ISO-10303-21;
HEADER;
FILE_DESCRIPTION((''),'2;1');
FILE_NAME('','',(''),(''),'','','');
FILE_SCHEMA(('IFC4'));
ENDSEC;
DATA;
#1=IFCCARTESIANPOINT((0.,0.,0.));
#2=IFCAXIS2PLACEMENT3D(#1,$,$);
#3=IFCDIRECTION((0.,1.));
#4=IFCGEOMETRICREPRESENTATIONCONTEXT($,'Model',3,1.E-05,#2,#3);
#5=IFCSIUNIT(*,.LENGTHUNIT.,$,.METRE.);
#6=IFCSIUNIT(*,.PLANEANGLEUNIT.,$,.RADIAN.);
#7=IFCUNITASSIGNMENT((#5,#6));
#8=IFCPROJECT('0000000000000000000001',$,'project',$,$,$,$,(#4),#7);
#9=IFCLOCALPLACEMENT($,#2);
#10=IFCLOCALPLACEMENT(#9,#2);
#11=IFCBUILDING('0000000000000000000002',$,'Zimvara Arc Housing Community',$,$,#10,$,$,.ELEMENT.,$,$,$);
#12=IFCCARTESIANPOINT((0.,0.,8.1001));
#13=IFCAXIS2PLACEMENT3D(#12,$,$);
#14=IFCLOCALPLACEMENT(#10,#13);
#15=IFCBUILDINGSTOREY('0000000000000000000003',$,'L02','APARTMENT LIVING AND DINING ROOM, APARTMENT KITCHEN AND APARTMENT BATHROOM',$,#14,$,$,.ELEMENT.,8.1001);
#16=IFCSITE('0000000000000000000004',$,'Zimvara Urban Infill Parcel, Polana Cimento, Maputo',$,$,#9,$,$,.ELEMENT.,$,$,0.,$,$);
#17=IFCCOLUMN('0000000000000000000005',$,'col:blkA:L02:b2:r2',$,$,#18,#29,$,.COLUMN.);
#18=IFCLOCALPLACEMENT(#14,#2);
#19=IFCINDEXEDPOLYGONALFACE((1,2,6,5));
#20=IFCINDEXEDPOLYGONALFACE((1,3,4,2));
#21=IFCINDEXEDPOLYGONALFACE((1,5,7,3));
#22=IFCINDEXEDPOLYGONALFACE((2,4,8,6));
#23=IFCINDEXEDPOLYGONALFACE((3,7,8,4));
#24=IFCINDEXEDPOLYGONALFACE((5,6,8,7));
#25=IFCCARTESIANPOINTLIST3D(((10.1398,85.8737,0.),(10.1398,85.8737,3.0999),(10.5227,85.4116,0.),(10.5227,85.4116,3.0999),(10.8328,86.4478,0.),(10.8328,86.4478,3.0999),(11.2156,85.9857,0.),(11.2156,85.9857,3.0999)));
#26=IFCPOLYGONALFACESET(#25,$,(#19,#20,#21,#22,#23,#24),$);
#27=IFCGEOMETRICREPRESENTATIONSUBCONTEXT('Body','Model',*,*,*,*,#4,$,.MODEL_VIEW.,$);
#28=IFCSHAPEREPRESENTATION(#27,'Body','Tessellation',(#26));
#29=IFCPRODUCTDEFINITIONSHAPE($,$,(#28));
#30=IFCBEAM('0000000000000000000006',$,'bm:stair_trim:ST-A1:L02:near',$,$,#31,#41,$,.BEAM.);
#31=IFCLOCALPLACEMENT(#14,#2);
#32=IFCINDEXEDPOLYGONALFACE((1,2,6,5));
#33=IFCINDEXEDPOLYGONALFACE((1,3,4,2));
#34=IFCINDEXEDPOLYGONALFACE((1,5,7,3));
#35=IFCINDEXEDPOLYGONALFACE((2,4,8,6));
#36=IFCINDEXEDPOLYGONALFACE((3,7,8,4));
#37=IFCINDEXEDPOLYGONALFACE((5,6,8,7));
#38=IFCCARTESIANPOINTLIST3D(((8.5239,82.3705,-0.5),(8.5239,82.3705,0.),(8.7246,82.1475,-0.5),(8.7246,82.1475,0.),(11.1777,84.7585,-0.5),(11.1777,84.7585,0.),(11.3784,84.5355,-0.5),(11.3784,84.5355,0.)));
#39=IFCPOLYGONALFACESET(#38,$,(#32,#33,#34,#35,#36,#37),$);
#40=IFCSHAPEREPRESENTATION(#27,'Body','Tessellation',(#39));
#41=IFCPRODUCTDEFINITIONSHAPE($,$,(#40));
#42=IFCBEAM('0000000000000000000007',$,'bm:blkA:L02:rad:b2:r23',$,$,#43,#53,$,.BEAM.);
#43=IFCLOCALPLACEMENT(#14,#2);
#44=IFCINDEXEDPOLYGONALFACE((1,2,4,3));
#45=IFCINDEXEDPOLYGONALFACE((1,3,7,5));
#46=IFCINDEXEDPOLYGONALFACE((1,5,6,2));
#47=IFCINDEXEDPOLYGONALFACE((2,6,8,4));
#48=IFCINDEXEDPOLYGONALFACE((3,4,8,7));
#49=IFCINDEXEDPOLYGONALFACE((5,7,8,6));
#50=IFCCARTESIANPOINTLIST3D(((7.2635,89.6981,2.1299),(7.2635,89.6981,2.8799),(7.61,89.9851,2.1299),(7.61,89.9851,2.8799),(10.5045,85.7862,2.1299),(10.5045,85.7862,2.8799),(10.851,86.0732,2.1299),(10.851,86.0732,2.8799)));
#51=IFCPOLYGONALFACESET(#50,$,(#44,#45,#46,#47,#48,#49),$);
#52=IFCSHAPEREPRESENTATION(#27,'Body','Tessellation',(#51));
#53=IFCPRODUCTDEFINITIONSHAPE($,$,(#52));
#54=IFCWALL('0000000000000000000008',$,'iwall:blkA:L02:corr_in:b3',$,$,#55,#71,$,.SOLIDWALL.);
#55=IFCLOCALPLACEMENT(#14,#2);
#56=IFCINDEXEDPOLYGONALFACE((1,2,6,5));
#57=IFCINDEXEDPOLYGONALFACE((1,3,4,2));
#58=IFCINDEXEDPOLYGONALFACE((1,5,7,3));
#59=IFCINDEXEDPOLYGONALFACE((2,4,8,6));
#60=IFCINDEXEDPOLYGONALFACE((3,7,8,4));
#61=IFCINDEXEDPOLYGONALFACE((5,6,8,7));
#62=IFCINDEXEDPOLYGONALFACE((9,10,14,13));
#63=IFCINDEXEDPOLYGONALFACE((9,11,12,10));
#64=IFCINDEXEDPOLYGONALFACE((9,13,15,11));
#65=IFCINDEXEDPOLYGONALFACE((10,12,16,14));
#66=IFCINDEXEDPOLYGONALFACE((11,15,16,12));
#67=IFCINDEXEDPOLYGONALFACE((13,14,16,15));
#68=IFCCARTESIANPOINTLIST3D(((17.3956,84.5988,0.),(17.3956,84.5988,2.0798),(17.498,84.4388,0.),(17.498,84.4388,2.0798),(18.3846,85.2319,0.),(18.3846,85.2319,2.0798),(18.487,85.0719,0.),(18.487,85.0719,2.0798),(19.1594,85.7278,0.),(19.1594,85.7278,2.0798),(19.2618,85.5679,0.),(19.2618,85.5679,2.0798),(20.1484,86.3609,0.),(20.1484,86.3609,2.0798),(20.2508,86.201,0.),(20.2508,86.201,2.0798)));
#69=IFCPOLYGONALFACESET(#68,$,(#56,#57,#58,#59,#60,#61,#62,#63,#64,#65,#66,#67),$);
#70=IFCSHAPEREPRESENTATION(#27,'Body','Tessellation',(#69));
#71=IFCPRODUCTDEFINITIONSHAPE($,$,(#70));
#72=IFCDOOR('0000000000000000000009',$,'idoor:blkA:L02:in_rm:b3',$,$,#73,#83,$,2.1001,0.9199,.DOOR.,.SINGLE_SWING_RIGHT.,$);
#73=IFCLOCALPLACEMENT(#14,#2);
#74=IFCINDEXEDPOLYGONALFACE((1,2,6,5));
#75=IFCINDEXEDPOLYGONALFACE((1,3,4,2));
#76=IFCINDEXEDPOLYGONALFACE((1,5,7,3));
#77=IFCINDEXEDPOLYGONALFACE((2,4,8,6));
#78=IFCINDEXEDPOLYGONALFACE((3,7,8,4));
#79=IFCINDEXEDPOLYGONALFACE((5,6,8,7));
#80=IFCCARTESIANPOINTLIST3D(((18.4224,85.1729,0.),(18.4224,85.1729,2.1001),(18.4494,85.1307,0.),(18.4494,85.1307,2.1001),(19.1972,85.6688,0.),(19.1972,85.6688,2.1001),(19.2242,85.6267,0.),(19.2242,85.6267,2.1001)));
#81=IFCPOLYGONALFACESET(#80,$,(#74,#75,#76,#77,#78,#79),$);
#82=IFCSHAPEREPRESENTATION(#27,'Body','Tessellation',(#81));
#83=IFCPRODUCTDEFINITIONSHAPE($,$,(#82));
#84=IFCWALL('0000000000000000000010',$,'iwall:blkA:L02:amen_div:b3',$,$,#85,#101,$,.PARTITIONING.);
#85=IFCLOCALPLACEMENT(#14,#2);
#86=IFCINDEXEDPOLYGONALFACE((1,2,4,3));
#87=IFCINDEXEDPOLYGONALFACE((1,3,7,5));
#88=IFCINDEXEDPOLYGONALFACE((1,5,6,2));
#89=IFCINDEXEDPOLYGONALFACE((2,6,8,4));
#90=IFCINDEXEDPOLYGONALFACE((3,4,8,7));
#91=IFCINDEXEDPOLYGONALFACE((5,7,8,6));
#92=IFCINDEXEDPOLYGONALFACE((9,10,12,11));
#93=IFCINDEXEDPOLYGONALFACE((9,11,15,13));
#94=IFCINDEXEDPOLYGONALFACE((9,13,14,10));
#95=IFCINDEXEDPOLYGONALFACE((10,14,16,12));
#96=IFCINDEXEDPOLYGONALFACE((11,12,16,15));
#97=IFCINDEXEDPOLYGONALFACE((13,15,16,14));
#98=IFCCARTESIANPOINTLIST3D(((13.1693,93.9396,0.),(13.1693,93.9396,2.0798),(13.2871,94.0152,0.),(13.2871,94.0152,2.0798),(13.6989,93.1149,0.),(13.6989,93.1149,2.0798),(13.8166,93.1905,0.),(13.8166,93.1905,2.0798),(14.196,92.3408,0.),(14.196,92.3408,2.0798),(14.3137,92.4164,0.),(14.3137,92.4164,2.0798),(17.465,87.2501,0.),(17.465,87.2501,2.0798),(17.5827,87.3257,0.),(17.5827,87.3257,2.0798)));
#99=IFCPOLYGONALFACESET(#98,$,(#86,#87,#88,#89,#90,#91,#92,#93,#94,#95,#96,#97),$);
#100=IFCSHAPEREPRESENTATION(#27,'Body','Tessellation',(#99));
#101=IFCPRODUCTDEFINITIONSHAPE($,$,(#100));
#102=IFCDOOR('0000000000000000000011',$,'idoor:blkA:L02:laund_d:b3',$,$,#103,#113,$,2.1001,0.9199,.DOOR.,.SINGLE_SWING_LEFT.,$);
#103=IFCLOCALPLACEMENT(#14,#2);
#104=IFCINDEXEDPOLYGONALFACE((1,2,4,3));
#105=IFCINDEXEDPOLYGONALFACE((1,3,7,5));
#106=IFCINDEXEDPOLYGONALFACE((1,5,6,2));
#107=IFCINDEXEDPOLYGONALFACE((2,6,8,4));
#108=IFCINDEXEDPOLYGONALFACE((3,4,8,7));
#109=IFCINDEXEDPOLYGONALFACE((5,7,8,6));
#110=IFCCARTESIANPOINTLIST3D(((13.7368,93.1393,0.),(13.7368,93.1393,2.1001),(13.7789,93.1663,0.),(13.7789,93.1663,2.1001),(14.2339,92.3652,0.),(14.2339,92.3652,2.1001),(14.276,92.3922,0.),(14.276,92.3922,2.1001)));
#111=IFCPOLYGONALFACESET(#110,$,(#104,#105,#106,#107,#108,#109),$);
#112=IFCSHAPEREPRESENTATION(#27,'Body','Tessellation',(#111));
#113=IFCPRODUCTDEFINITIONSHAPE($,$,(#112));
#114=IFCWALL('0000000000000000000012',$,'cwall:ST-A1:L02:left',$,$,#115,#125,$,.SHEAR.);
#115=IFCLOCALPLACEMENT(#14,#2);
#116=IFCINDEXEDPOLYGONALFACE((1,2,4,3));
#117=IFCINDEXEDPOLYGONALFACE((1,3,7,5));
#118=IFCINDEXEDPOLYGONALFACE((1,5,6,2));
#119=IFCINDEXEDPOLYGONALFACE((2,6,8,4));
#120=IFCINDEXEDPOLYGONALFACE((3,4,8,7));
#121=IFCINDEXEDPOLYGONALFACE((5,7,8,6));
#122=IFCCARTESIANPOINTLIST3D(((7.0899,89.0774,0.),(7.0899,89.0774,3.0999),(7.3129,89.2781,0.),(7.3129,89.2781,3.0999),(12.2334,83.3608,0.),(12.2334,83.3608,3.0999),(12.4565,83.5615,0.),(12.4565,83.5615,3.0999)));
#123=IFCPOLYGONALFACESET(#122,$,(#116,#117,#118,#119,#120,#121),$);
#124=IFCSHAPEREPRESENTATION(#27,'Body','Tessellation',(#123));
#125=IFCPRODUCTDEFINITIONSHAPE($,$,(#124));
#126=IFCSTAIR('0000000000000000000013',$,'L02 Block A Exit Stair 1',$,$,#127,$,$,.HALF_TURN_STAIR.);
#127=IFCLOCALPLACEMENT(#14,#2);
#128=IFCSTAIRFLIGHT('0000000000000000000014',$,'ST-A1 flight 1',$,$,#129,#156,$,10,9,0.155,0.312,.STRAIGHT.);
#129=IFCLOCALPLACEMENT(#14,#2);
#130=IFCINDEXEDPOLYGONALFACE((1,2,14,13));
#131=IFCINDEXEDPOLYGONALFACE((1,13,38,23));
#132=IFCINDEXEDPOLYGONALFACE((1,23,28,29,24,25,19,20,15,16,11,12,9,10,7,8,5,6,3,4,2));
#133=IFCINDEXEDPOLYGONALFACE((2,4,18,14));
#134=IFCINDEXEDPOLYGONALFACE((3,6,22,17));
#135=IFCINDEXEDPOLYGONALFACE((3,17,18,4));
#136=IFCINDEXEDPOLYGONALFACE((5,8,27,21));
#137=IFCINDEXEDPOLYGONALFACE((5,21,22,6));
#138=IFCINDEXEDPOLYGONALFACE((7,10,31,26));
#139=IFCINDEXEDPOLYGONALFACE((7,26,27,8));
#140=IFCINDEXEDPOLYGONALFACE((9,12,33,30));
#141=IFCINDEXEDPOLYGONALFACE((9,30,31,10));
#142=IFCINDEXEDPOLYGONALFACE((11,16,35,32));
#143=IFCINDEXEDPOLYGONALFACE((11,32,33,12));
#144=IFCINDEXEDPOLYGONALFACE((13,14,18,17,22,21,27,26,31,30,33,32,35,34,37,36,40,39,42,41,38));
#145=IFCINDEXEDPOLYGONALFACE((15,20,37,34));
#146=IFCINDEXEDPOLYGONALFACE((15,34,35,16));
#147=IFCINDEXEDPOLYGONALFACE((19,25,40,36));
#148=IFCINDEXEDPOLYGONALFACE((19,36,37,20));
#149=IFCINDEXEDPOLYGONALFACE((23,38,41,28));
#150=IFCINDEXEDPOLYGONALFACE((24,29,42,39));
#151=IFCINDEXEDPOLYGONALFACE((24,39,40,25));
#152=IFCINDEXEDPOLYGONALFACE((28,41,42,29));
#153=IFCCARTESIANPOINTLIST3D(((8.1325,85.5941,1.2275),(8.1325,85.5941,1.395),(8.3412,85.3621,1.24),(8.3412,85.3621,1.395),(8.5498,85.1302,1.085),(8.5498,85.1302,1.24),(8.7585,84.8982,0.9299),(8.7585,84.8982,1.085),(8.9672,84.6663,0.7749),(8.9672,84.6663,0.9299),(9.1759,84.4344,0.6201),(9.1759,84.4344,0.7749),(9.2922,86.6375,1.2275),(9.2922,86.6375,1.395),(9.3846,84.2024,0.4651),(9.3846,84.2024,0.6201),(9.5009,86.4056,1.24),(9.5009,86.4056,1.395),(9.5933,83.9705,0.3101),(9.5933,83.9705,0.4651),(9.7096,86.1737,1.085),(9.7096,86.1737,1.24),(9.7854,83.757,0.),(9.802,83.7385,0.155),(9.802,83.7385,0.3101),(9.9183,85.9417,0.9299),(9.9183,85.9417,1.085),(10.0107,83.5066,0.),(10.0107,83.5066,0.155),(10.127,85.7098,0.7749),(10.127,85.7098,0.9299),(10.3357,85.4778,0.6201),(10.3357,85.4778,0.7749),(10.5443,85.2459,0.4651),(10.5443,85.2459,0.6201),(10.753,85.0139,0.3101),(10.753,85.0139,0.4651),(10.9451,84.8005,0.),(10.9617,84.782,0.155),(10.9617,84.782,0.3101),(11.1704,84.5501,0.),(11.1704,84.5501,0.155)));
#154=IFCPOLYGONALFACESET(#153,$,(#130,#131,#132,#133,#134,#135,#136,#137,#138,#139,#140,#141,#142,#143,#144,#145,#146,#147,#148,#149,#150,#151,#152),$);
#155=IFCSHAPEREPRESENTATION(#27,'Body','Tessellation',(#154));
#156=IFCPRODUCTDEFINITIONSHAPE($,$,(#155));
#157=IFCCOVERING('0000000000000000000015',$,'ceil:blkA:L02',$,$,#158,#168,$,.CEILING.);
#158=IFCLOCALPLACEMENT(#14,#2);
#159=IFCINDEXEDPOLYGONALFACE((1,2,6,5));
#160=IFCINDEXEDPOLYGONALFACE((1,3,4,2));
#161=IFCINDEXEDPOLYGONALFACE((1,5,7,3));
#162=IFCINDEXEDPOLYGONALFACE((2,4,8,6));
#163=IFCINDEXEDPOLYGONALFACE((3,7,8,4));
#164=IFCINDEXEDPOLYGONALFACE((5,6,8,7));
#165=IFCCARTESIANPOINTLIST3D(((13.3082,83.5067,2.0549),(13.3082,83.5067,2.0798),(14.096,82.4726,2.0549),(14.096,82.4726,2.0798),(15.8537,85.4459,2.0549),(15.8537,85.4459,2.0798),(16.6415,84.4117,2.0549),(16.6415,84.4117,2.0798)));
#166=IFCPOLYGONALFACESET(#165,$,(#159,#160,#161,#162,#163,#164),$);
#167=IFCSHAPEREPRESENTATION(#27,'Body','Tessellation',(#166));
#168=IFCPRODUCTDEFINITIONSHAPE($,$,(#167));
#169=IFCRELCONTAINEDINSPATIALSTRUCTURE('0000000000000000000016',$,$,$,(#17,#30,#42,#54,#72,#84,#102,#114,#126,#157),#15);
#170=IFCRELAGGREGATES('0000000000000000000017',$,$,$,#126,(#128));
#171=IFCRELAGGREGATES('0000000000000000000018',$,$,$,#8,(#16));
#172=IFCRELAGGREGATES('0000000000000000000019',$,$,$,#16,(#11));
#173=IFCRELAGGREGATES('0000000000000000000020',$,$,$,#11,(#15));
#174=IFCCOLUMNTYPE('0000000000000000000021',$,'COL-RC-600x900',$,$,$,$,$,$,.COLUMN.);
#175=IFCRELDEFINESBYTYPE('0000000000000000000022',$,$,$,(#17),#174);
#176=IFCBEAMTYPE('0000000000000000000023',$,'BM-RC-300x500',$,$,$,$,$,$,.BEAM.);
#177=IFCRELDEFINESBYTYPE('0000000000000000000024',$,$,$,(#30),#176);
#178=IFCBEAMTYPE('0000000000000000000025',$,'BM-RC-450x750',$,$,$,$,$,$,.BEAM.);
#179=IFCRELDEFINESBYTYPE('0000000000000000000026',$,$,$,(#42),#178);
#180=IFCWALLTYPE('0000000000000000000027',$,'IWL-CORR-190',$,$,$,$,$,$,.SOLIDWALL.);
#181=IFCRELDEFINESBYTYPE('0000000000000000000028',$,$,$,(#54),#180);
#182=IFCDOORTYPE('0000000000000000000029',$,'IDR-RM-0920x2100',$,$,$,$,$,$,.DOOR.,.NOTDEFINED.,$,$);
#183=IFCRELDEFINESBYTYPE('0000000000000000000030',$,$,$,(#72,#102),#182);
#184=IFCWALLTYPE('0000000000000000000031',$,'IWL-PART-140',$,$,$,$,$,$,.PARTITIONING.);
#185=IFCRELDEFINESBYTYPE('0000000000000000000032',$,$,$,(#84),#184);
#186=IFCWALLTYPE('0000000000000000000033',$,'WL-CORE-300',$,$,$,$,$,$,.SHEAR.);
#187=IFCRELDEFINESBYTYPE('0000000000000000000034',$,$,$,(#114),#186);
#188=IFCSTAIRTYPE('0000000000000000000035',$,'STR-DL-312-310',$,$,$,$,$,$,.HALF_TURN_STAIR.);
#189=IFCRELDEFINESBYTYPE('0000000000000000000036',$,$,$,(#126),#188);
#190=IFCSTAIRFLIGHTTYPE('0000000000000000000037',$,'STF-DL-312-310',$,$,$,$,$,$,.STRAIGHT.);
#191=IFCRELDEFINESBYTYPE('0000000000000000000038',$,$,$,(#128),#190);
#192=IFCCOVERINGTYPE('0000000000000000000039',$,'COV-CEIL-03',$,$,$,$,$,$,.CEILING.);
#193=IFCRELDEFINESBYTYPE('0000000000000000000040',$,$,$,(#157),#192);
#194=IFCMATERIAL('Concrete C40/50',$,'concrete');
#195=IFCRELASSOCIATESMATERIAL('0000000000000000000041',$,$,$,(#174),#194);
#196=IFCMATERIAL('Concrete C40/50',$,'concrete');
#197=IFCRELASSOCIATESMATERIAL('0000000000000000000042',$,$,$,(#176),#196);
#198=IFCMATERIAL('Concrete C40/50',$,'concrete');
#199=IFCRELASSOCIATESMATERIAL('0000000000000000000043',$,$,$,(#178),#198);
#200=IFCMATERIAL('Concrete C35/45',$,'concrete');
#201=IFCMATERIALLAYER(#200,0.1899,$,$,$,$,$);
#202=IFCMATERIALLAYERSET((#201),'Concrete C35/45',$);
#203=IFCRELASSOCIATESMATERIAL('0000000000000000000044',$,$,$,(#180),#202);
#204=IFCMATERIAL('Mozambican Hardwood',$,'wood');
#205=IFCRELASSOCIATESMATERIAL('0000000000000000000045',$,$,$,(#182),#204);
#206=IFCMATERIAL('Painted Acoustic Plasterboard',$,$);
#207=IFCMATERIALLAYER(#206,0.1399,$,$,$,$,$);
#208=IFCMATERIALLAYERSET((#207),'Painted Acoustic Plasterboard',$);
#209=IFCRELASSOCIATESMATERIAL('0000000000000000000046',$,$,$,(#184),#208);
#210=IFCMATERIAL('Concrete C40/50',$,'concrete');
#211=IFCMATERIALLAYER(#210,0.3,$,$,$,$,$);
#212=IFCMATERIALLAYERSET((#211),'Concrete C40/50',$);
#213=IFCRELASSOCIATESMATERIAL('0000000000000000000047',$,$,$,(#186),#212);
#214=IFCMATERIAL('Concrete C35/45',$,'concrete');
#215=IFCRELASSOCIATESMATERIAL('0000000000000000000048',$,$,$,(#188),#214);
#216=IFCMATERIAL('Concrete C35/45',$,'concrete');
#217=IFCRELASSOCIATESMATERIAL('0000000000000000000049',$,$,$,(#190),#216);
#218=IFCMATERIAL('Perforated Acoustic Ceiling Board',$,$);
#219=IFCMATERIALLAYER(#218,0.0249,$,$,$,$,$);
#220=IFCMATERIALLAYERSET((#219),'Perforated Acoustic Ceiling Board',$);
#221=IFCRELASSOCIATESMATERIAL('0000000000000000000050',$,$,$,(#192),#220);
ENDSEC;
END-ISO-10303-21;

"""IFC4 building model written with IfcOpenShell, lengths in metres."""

from ifc_helpers import new_model, si_unit, direction, frame, frame_2d, origin, origin_2d, place, context, subcontext, project, spatial, polyline, rectangle, outline, extrude, material, layer, layer_set, material_profile, profile_set, type_object, element, fill, aggregate, save


model = new_model("IFC4")

# Units and contexts
model_context = context("Model", 3, precision=1e-05, world=origin(), true_north=direction((0.0, 1.0)))
body_context = subcontext(model_context, "Body", "Model", "MODEL_VIEW")
ifc_project = project(units=[si_unit("LENGTHUNIT", "METRE"), si_unit("PLANEANGLEUNIT", "RADIAN")], contexts=[model_context])

# Site, building, storey
site_placement = place(None, origin())
site = spatial("IfcSite", under=ifc_project, at=site_placement, Name="Zimvara Urban Infill Parcel, Polana Cimento, Maputo", CompositionType="ELEMENT", RefElevation=0.0)
building_placement = place(site_placement, origin())
building = spatial("IfcBuilding", under=site, at=building_placement, Name="Zimvara Arc Housing Community", CompositionType="ELEMENT")
storey_placement = place(building_placement, frame((0.0, 0.0, 8.1001)))
storey = spatial("IfcBuildingStorey", under=building, at=storey_placement, Name="L02", Description="APARTMENT LIVING AND DINING ROOM, APARTMENT KITCHEN AND APARTMENT BATHROOM", CompositionType="ELEMENT", Elevation=8.1001)

# Column
ifc_material_1 = material(Name="Concrete C40/50", Category="concrete")
ifc_material_profile_1 = material_profile(ifc_material_1, rectangle(XDim=0.6001, YDim=0.8999, at=origin_2d()), Name="RC 600x900")
ifc_profile_set_1 = profile_set([ifc_material_profile_1], Name="Concrete C40/50")
column_type = type_object("IfcColumnType", Name="COL-RC-600x900", PredefinedType="COLUMN", material=ifc_profile_set_1)
column_placement = place(storey_placement, frame((10.6777, 85.9297, 0.0), z_axis=(0.0, 0.0, 1.0), x_axis=(-0.637962, 0.770068, 0.0)))
element("IfcColumn", 1, at=column_placement, inside=storey, type_object=column_type, Name="col:blkA:L02:b2:r2", PredefinedType="COLUMN", context=body_context, shape_type="SweptSolid", body=[
    extrude(rectangle(XDim=0.6001, YDim=0.8999, at=origin_2d()), origin(), (0.0, 0.0, 1.0), 3.0999),
])

# Beams
ifc_material_2 = material(Name="Concrete C40/50", Category="concrete")
ifc_material_profile_2 = material_profile(ifc_material_2, rectangle(XDim=0.3, YDim=0.5, at=origin_2d()), Name="RC 300x500")
ifc_profile_set_2 = profile_set([ifc_material_profile_2], Name="Concrete C40/50")
beam_type_1 = type_object("IfcBeamType", Name="BM-RC-300x500", PredefinedType="BEAM", material=ifc_profile_set_2)
beam_1_placement = place(storey_placement, frame((11.2781, 84.647, -0.25), z_axis=(-0.743362, -0.668889, 0.0), x_axis=(0.668889, -0.743362, 0.0)))
element("IfcBeam", 2, at=beam_1_placement, inside=storey, type_object=beam_type_1, Name="bm:stair_trim:ST-A1:L02:near", PredefinedType="BEAM", context=body_context, shape_type="SweptSolid", body=[
    extrude(rectangle(XDim=0.3, YDim=0.5, at=origin_2d()), origin(), (0.0, 0.0, 1.0), 3.5701),
])
ifc_material_3 = material(Name="Concrete C40/50", Category="concrete")
ifc_material_profile_3 = material_profile(ifc_material_3, rectangle(XDim=0.45, YDim=0.75, at=origin_2d()), Name="RC 450x750")
ifc_profile_set_3 = profile_set([ifc_material_profile_3], Name="Concrete C40/50")
beam_type_2 = type_object("IfcBeamType", Name="BM-RC-450x750", PredefinedType="BEAM", material=ifc_profile_set_3)
beam_2_placement = place(storey_placement, frame((10.6777, 85.9297, 2.5049), z_axis=(-0.637984, 0.77005, 0.0), x_axis=(-0.77005, -0.637984, 0.0)))
element("IfcBeam", 3, at=beam_2_placement, inside=storey, type_object=beam_type_2, Name="bm:blkA:L02:rad:b2:r23", PredefinedType="BEAM", context=body_context, shape_type="SweptSolid", body=[
    extrude(rectangle(XDim=0.45, YDim=0.75, at=origin_2d()), origin(), (0.0, 0.0, 1.0), 5.0801),
])

# Wall, opening, door
ifc_material_4 = material(Name="Concrete C35/45", Category="concrete")
ifc_layer_1 = layer(ifc_material_4, 0.1899)
ifc_layer_set_1 = layer_set([ifc_layer_1], Name="Concrete C35/45")
wall_type_1 = type_object("IfcWallType", Name="IWL-CORR-190", PredefinedType="SOLIDWALL", material=ifc_layer_set_1)
wall_1_placement = place(storey_placement, frame((17.4468, 84.5188, 0.0), z_axis=(0.0, 0.0, 1.0), x_axis=(0.842225, 0.539126, 0.0)))
wall_1 = element("IfcWall", 4, at=wall_1_placement, inside=storey, type_object=wall_type_1, Name="iwall:blkA:L02:corr_in:b3", PredefinedType="SOLIDWALL", context=body_context, shape_type="SweptSolid", body=[
    extrude(rectangle(XDim=3.2686, YDim=0.1899, at=frame_2d((1.6343, 0.0))), origin(), (0.0, 0.0, 1.0), 2.0798),
])
opening_1_placement = place(wall_1_placement, frame((1.1743, 0.0, 0.0)))
opening_1 = element("IfcOpeningElement", 5, at=opening_1_placement, cuts=wall_1, PredefinedType="OPENING", context=body_context, shape_type="SweptSolid", body=[
    extrude(rectangle(XDim=0.9199, YDim=2.1001, at=frame_2d((0.46, 1.05))), frame((0.0, 0.105, 0.0), z_axis=(0.0, -1.0, 0.0), x_axis=(1.0, 0.0, 0.0)), (0.0, 0.0, 1.0), 0.21),
])
ifc_material_5 = material(Name="Mozambican Hardwood", Category="wood")
door_type_1 = type_object("IfcDoorType", Name="IDR-RM-0920x2100", OperationType="NOTDEFINED", PredefinedType="DOOR", material=ifc_material_5)
door_1_placement = place(opening_1_placement, origin())
door_1 = element("IfcDoor", 6, at=door_1_placement, inside=storey, type_object=door_type_1, Name="idoor:blkA:L02:in_rm:b3", OperationType="SINGLE_SWING_RIGHT", OverallHeight=2.1001, OverallWidth=0.9199, PredefinedType="DOOR", context=body_context, shape_type="SweptSolid", body=[
    extrude(rectangle(XDim=0.9199, YDim=2.1001, at=frame_2d((0.46, 1.05))), frame((0.0, 0.0249, 0.0), z_axis=(0.0, -1.0, 0.0), x_axis=(1.0, 0.0, 0.0)), (0.0, 0.0, 1.0), 0.05),
])
fill(opening_1, door_1)

# Wall, opening, door
ifc_material_6 = material(Name="Painted Acoustic Plasterboard")
ifc_layer_2 = layer(ifc_material_6, 0.1399)
ifc_layer_set_2 = layer_set([ifc_layer_2], Name="Painted Acoustic Plasterboard")
wall_type_2 = type_object("IfcWallType", Name="IWL-PART-140", PredefinedType="PARTITIONING", material=ifc_layer_set_2)
wall_2_placement = place(storey_placement, frame((17.5239, 87.2878, 0.0), z_axis=(0.0, 0.0, 1.0), x_axis=(-0.540338, 0.841448, 0.0)))
wall_2 = element("IfcWall", 7, at=wall_2_placement, inside=storey, type_object=wall_type_2, Name="iwall:blkA:L02:amen_div:b3", PredefinedType="PARTITIONING", context=body_context, shape_type="SweptSolid", body=[
    extrude(rectangle(XDim=7.95, YDim=0.1399, at=frame_2d((3.9751, 0.0))), origin(), (0.0, 0.0, 1.0), 2.0798),
])
opening_2_placement = place(wall_2_placement, frame((6.05, 0.0, 0.0)))
opening_2 = element("IfcOpeningElement", 8, at=opening_2_placement, cuts=wall_2, PredefinedType="OPENING", context=body_context, shape_type="SweptSolid", body=[
    extrude(rectangle(XDim=0.9199, YDim=2.1001, at=frame_2d((0.46, 1.05))), frame((0.0, 0.0798, 0.0), z_axis=(0.0, -1.0, 0.0), x_axis=(1.0, 0.0, 0.0)), (0.0, 0.0, 1.0), 0.1599),
])
door_2_placement = place(opening_2_placement, origin())
door_2 = element("IfcDoor", 9, at=door_2_placement, inside=storey, type_object=door_type_1, Name="idoor:blkA:L02:laund_d:b3", OperationType="SINGLE_SWING_LEFT", OverallHeight=2.1001, OverallWidth=0.9199, PredefinedType="DOOR", context=body_context, shape_type="SweptSolid", body=[
    extrude(rectangle(XDim=0.9199, YDim=2.1001, at=frame_2d((0.46, 1.05))), frame((0.0, 0.0249, 0.0), z_axis=(0.0, -1.0, 0.0), x_axis=(1.0, 0.0, 0.0)), (0.0, 0.0, 1.0), 0.05),
])
fill(opening_2, door_2)
ifc_material_7 = material(Name="Concrete C40/50", Category="concrete")
ifc_layer_3 = layer(ifc_material_7, 0.3)
ifc_layer_set_3 = layer_set([ifc_layer_3], Name="Concrete C40/50")
wall_type_3 = type_object("IfcWallType", Name="WL-CORE-300", PredefinedType="SHEAR", material=ifc_layer_set_3)

# Wall
wall_3_placement = place(storey_placement, frame((12.345, 83.4612, 0.0), z_axis=(0.0, 0.0, 1.0), x_axis=(-0.668868, 0.743381, 0.0)))
element("IfcWall", 10, at=wall_3_placement, inside=storey, type_object=wall_type_3, Name="cwall:ST-A1:L02:left", PredefinedType="SHEAR", context=body_context, shape_type="SweptSolid", body=[
    extrude(rectangle(XDim=7.6899, YDim=0.3, at=frame_2d((3.845, 0.0))), origin(), (0.0, 0.0, 1.0), 3.0999),
])

# Stair, stair flight
ifc_material_8 = material(Name="Concrete C35/45", Category="concrete")
stair_type = type_object("IfcStairType", Name="STR-DL-312-310", PredefinedType="HALF_TURN_STAIR", material=ifc_material_8)
stair_placement = place(storey_placement, origin())
stair = element("IfcStair", 11, at=stair_placement, inside=storey, type_object=stair_type, Name="L02 Block A Exit Stair 1", PredefinedType="HALF_TURN_STAIR")
ifc_material_9 = material(Name="Concrete C35/45", Category="concrete")
stair_flight_type = type_object("IfcStairFlightType", Name="STF-DL-312-310", PredefinedType="STRAIGHT", material=ifc_material_9)
stair_flight_placement = place(storey_placement, frame((10.5906, 84.0283, 0.0), z_axis=(0.0, 0.0, 1.0), x_axis=(-0.668871, 0.743378, 0.0)))
stair_flight = element("IfcStairFlight", 12, at=stair_flight_placement, type_object=stair_flight_type, Name="ST-A1 flight 1", NumberOfRisers=10, NumberOfTreads=9, PredefinedType="STRAIGHT", RiserHeight=0.155, TreadLength=0.312, context=body_context, shape_type="SweptSolid", body=[
    extrude(outline(polyline([(0.0, 0.0), (0.0, 0.155), (0.312, 0.155), (0.312, 0.3101), (0.624, 0.3101), (0.624, 0.4651), (0.936, 0.4651), (0.936, 0.6201), (1.248, 0.6201), (1.248, 0.7749), (1.5601, 0.7749), (1.5601, 0.9299), (1.8721, 0.9299), (1.8721, 1.085), (2.1841, 1.085), (2.1841, 1.24), (2.4961, 1.24), (2.4961, 1.395), (2.8081, 1.395), (2.8081, 1.55), (2.8081, 1.2275), (0.3369, 0.0), (0.0, 0.0)])), frame((0.0, 0.78, 0.0), z_axis=(0.0, -1.0, 0.0), x_axis=(1.0, 0.0, 0.0)), (0.0, 0.0, 1.0), 1.5601),
])
aggregate(stair, [stair_flight])

# Covering
ifc_material_10 = material(Name="Perforated Acoustic Ceiling Board")
ifc_layer_4 = layer(ifc_material_10, 0.0249)
ifc_layer_set_4 = layer_set([ifc_layer_4], Name="Perforated Acoustic Ceiling Board")
covering_type_1 = type_object("IfcCoveringType", Name="COV-CEIL-03", PredefinedType="CEILING", material=ifc_layer_set_4)
covering_1_placement = place(storey_placement, frame((14.9749, 83.9592, 2.0549), z_axis=(0.0, 0.0, 1.0), x_axis=(-0.605988, 0.795473, 0.0)))
element("IfcCovering", 13, at=covering_1_placement, inside=storey, type_object=covering_type_1, Name="ceil:blkA:L02", PredefinedType="CEILING", context=body_context, shape_type="SweptSolid", body=[
    extrude(rectangle(XDim=1.3, YDim=3.2, at=origin_2d()), origin(), (0.0, 0.0, 1.0), 0.0249),
])

save(model, "model.ifc")
